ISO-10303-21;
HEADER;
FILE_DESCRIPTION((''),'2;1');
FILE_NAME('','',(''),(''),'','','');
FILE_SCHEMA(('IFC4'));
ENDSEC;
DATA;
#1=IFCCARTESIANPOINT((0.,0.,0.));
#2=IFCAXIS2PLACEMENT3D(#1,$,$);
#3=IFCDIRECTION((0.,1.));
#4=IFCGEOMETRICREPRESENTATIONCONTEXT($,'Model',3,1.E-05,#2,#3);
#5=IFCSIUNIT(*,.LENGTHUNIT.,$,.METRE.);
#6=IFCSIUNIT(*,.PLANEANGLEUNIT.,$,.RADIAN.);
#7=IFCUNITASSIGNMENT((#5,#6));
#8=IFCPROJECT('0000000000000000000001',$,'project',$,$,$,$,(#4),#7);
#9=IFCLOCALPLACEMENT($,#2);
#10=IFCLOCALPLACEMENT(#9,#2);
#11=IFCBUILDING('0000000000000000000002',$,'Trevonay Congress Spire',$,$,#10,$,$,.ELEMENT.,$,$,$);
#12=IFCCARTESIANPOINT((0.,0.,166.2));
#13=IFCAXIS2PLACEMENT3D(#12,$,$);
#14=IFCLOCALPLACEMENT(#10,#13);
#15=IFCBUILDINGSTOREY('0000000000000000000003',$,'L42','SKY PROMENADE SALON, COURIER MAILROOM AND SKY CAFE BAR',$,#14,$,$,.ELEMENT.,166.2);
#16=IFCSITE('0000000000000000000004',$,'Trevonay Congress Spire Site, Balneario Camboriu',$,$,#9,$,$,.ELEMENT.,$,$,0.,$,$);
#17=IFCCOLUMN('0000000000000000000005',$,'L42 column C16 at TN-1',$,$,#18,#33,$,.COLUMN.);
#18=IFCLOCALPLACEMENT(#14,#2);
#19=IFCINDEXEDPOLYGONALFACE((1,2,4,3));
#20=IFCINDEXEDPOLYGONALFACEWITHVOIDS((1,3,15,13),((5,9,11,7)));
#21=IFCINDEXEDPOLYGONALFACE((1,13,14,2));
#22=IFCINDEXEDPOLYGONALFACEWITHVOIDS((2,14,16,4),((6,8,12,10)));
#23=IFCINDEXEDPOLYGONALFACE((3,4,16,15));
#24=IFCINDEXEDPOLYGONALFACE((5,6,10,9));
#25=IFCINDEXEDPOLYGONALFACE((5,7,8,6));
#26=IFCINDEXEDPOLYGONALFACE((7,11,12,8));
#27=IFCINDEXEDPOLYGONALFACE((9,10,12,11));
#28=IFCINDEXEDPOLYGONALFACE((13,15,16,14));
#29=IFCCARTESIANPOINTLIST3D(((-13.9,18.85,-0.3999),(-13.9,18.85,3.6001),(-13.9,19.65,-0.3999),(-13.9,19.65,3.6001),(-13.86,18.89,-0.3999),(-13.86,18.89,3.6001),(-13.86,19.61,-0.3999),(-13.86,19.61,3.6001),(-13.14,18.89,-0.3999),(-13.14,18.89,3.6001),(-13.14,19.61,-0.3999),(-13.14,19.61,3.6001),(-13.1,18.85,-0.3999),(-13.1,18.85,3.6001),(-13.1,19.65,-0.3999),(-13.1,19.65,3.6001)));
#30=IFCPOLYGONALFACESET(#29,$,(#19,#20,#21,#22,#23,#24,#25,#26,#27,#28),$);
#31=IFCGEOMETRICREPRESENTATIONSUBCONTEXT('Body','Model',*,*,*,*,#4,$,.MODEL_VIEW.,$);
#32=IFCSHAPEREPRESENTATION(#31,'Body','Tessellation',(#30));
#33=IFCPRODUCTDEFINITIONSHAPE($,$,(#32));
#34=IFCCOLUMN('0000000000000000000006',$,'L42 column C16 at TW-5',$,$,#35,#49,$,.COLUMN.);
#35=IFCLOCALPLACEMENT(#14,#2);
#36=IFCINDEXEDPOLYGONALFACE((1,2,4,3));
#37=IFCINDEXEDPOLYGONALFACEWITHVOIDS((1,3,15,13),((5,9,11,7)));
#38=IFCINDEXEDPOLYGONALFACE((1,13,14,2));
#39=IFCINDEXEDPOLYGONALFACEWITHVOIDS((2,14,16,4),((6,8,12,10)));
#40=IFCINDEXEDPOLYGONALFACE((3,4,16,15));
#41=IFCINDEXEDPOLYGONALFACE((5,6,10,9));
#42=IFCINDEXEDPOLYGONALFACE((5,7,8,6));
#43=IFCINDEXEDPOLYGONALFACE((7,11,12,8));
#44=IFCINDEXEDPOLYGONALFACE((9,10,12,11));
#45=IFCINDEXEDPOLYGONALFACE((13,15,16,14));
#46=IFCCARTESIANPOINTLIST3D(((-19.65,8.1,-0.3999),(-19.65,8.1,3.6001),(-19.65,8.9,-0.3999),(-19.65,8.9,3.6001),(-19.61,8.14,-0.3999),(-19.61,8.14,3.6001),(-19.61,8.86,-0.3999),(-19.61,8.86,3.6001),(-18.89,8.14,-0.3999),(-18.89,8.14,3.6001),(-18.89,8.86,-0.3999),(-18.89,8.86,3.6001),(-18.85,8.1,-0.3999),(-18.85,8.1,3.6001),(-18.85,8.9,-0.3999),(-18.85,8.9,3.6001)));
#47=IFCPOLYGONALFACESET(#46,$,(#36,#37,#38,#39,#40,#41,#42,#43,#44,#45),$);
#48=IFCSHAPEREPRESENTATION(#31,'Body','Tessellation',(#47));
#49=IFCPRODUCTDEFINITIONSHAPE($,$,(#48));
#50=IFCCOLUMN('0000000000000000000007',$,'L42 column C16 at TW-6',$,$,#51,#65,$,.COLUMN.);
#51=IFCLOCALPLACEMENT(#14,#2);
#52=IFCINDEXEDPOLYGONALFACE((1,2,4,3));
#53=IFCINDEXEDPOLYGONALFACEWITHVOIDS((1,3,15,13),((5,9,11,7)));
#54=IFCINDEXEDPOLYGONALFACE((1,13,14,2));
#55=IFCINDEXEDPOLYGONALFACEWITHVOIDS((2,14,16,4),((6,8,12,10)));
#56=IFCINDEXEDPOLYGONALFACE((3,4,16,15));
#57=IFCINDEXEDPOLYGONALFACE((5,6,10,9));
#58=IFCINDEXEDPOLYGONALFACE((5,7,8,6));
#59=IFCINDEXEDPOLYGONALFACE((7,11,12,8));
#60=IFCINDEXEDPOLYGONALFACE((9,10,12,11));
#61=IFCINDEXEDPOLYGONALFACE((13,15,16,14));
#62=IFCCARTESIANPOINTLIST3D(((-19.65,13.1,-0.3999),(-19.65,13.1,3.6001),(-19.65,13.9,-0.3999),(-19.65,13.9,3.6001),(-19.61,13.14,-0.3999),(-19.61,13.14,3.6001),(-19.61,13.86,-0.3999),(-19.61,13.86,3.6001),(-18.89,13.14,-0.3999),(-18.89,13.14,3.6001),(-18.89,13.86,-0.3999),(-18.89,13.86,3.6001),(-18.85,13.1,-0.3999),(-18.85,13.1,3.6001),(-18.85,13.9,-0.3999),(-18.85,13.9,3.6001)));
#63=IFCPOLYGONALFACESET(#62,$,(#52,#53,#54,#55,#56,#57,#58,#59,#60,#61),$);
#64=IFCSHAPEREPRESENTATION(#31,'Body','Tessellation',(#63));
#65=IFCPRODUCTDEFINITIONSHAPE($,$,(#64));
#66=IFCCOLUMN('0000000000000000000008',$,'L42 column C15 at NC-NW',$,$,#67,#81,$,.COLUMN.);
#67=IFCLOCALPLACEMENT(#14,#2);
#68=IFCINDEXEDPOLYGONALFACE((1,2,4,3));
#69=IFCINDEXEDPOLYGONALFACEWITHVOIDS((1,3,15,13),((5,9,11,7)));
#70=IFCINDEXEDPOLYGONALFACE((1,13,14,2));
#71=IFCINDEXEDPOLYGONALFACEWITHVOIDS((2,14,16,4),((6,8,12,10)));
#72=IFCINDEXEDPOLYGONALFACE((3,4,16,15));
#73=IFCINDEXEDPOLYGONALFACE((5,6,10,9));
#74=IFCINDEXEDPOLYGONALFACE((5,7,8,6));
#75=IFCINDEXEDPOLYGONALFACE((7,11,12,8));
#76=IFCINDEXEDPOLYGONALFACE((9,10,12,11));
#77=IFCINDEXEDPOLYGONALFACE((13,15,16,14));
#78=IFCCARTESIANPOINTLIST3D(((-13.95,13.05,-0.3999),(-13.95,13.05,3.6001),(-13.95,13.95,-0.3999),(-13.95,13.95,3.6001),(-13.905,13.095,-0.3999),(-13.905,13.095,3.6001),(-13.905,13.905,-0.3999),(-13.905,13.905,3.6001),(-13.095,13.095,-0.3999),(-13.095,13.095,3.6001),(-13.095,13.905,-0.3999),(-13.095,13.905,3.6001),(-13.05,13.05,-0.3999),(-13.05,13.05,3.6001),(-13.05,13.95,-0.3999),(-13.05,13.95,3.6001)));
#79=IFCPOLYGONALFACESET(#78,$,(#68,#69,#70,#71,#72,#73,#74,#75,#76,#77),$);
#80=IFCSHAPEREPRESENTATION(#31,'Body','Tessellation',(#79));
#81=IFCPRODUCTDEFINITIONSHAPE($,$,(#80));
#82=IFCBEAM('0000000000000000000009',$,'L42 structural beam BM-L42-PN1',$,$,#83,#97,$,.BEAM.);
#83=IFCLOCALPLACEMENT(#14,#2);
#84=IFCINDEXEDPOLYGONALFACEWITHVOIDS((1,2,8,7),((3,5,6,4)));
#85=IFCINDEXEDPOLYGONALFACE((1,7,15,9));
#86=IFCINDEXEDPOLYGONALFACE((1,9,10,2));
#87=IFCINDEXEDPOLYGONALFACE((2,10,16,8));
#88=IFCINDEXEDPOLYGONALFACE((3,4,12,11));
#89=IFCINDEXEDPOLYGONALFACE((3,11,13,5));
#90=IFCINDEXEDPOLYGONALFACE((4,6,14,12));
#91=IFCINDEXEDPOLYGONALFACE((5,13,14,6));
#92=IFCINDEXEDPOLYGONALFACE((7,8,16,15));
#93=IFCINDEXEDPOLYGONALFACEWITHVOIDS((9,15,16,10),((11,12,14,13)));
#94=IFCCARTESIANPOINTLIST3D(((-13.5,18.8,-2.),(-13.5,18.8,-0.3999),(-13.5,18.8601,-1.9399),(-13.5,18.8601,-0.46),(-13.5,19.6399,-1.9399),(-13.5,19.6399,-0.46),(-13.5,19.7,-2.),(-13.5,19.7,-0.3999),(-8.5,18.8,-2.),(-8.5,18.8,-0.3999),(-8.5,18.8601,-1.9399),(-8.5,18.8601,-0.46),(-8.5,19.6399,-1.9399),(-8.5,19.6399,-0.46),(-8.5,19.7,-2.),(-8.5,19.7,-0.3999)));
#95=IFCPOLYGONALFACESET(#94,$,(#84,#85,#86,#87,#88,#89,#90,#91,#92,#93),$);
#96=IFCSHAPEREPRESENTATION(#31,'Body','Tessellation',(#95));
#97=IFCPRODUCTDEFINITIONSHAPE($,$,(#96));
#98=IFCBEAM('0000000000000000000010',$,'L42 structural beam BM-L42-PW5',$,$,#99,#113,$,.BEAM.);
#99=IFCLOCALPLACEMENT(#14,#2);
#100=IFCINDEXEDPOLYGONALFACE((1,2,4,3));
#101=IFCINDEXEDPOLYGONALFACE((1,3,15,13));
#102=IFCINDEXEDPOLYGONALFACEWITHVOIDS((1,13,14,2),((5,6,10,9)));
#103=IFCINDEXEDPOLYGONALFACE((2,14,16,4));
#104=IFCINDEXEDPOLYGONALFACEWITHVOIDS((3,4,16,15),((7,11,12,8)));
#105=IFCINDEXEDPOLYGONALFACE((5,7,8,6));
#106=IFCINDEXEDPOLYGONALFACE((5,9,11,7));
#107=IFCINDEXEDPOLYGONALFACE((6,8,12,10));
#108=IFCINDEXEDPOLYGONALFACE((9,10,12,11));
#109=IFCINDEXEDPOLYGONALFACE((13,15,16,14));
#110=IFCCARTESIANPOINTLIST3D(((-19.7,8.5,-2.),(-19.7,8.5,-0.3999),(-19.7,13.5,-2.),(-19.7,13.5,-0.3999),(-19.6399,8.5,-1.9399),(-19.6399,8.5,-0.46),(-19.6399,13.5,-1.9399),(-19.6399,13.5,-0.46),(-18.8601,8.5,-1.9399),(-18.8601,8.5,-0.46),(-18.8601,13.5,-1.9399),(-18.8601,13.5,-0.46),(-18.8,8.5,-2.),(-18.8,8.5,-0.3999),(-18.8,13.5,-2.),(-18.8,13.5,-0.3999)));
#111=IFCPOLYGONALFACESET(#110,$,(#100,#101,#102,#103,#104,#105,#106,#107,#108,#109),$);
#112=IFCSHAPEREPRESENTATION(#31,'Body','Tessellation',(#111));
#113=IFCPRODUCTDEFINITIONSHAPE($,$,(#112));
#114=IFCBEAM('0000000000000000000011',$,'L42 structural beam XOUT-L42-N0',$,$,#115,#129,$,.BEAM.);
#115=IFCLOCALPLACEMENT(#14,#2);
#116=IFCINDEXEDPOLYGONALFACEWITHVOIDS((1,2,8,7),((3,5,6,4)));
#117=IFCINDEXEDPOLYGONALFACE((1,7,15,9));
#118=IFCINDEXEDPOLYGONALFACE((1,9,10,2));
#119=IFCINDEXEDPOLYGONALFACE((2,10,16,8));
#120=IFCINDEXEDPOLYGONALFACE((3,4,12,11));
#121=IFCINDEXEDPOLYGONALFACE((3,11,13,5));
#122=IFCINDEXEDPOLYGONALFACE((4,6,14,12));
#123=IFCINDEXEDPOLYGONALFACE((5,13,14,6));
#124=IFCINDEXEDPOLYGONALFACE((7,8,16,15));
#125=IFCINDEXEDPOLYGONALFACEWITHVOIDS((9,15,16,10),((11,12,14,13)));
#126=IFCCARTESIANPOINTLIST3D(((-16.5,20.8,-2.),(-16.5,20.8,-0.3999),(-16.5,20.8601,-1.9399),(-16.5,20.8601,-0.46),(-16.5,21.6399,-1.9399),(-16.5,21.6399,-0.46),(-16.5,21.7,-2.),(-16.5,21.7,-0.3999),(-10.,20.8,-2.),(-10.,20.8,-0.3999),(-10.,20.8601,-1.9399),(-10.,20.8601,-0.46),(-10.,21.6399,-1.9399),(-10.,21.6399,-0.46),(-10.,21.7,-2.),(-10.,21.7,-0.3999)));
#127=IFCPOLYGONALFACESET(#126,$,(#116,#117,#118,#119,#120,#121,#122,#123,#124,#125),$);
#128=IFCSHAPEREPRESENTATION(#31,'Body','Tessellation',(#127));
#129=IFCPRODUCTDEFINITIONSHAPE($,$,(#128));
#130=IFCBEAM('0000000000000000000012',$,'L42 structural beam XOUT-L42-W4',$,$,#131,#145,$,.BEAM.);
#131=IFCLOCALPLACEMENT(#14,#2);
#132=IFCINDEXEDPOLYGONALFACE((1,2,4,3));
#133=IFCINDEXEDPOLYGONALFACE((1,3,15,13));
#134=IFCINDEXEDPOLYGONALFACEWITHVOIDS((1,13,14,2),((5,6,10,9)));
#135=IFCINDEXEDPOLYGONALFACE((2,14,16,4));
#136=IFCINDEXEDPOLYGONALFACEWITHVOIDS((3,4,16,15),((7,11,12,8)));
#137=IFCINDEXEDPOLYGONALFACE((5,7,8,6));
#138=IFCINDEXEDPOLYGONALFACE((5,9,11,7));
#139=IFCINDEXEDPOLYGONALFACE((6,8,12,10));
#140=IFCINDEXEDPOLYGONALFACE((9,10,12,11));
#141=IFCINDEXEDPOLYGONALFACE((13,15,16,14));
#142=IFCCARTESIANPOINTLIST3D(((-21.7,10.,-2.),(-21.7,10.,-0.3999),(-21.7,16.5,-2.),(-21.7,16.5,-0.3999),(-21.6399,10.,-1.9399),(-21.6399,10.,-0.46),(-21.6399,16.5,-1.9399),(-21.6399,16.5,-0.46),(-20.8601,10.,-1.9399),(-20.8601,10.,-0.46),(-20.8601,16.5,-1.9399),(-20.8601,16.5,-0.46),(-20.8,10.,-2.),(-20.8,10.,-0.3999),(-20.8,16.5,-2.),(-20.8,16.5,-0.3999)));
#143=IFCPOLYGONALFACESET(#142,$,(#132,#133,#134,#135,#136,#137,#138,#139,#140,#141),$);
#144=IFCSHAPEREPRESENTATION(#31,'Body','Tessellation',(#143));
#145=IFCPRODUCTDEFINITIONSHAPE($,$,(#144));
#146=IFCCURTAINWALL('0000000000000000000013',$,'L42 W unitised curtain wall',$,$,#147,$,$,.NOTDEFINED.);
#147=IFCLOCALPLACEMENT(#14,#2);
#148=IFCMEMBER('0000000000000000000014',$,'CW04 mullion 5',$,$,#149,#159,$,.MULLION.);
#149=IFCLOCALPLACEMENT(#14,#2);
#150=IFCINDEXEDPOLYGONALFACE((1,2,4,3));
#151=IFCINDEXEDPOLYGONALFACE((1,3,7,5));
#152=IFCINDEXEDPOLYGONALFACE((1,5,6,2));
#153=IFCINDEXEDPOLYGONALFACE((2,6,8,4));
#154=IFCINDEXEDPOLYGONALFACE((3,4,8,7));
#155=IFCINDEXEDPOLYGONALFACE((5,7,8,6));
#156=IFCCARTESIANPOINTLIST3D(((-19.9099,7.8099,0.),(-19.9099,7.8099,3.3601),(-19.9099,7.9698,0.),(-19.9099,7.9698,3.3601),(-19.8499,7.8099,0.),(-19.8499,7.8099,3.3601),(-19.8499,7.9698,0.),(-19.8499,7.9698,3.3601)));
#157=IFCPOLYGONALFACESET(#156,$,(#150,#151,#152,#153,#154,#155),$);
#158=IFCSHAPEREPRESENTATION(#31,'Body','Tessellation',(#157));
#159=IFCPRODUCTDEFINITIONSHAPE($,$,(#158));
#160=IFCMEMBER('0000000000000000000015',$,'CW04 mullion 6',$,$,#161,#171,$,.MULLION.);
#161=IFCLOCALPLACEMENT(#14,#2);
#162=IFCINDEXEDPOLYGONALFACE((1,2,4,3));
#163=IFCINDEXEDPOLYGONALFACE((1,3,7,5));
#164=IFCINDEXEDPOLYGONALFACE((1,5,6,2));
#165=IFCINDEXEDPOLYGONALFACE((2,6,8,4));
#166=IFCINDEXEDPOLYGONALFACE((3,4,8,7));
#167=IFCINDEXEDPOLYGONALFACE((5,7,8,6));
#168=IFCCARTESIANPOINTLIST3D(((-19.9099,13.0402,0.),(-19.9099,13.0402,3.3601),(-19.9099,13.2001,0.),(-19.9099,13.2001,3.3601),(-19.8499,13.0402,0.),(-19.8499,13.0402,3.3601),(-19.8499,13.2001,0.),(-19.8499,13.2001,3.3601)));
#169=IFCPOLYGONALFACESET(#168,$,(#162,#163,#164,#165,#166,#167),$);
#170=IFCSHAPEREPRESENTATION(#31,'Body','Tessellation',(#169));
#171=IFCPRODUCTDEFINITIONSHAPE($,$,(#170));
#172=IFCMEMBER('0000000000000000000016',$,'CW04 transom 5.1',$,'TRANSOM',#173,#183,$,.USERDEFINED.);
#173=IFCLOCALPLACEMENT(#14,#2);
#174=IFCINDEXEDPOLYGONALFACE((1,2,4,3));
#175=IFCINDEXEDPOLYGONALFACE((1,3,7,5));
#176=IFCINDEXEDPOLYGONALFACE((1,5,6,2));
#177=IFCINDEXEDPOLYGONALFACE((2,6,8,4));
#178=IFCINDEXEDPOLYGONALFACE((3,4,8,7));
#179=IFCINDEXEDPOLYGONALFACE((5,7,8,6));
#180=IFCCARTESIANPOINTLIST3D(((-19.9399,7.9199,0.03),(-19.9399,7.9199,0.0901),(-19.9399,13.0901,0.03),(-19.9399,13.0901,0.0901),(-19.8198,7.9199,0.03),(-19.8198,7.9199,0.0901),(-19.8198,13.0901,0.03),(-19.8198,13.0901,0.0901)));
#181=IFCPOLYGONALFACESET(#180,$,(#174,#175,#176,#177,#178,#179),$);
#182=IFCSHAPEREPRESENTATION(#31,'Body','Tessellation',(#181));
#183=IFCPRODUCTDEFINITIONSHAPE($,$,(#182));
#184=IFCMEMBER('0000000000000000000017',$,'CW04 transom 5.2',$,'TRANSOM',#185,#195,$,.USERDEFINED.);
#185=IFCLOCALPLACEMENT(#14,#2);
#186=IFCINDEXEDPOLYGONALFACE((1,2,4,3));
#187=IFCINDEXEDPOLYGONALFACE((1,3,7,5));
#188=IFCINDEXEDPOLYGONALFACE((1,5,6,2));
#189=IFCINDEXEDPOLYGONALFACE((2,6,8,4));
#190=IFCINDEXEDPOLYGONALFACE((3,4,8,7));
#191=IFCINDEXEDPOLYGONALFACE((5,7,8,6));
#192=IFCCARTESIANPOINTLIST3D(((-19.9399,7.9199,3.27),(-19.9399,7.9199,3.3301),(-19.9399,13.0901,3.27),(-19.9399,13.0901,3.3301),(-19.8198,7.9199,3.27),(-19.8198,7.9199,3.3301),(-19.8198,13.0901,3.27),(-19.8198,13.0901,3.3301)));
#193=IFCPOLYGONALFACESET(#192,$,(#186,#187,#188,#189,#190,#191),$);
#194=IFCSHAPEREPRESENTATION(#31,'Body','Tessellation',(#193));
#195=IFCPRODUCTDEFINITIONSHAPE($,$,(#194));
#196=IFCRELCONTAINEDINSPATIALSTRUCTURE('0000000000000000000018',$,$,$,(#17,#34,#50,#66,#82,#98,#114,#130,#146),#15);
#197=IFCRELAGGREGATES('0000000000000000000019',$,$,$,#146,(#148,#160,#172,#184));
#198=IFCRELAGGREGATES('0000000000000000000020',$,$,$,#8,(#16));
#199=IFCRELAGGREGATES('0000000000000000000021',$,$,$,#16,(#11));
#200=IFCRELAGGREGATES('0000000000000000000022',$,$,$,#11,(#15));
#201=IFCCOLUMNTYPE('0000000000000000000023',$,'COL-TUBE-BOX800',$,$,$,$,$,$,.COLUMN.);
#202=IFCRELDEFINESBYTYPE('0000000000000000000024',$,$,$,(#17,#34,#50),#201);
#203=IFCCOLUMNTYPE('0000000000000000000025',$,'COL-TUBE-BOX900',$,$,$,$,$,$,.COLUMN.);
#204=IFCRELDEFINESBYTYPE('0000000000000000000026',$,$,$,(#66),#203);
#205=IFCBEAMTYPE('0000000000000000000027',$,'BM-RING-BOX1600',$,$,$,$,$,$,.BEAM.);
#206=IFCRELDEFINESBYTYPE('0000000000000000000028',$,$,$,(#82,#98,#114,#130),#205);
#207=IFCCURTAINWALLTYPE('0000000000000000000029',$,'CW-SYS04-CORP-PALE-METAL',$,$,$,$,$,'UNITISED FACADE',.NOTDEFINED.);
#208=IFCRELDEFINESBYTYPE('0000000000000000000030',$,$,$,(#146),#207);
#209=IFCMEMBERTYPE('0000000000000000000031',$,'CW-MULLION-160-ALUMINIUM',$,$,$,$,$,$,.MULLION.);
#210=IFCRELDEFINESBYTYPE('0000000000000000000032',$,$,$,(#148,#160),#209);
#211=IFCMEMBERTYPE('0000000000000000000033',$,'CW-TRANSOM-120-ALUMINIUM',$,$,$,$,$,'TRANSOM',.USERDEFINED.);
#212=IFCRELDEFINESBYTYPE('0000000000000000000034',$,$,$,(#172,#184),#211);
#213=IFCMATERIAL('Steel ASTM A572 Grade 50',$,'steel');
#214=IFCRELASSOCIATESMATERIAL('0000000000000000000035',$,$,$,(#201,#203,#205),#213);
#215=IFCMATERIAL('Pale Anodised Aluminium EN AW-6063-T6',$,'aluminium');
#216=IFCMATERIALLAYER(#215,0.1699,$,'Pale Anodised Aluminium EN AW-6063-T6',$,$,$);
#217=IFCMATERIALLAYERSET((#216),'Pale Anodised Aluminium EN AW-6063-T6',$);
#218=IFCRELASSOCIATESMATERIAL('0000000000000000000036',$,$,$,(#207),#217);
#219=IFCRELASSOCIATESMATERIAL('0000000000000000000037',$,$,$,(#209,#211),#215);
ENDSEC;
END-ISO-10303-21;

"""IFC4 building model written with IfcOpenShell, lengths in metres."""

from ifc_helpers import new_model, si_unit, direction, frame, origin, origin_2d, place, context, subcontext, project, spatial, rectangle, hollow_rectangle, extrude, material, layer, layer_set, material_profile, profile_set, type_object, element, aggregate, save


model = new_model("IFC4")

# Units and contexts
model_context = context("Model", 3, precision=1e-05, world=origin(), true_north=direction((0.0, 1.0)))
body_context = subcontext(model_context, "Body", "Model", "MODEL_VIEW")
ifc_project = project(units=[si_unit("LENGTHUNIT", "METRE"), si_unit("PLANEANGLEUNIT", "RADIAN")], contexts=[model_context])

# Site, building, storey
site_placement = place(None, origin())
site = spatial("IfcSite", under=ifc_project, at=site_placement, Name="Trevonay Congress Spire Site, Balneario Camboriu", CompositionType="ELEMENT", RefElevation=0.0)
building_placement = place(site_placement, origin())
building = spatial("IfcBuilding", under=site, at=building_placement, Name="Trevonay Congress Spire", CompositionType="ELEMENT")
storey_placement = place(building_placement, frame((0.0, 0.0, 166.2)))
storey = spatial("IfcBuildingStorey", under=building, at=storey_placement, Name="L42", Description="SKY PROMENADE SALON, COURIER MAILROOM AND SKY CAFE BAR", CompositionType="ELEMENT", Elevation=166.2)

# Columns
ifc_material_1 = material(Name="Steel ASTM A572 Grade 50", Category="steel")
ifc_material_profile_1 = material_profile(ifc_material_1, hollow_rectangle(XDim=0.8, YDim=0.8, WallThickness=0.04, at=origin_2d()), Name="BOX 800x800x40")
ifc_profile_set_1 = profile_set([ifc_material_profile_1], Name="Steel ASTM A572 Grade 50")
column_type_1 = type_object("IfcColumnType", Name="COL-TUBE-BOX800", PredefinedType="COLUMN", material=ifc_profile_set_1)
for number, where, z_axis, x_axis, name in (
    (1, (-13.5, 19.25, -0.3999), (0.0, 0.0, 1.0), (1.0, 0.0, 0.0), "L42 column C16 at TN-1"),
    (2, (-19.25, 8.5, -0.3999), (0.0, 0.0, 1.0), (1.0, 0.0, 0.0), "L42 column C16 at TW-5"),
    (3, (-19.25, 13.5, -0.3999), (0.0, 0.0, 1.0), (1.0, 0.0, 0.0), "L42 column C16 at TW-6"),
):
    element("IfcColumn", number, at=place(storey_placement, frame(where, z_axis=z_axis, x_axis=x_axis)), inside=storey, type_object=column_type_1, Name=name, PredefinedType="COLUMN", context=body_context, shape_type="SweptSolid", body=[
        extrude(hollow_rectangle(XDim=0.8, YDim=0.8, WallThickness=0.04, at=origin_2d()), origin(), (0.0, 0.0, 1.0), 4.0),
    ])
ifc_material_profile_2 = material_profile(ifc_material_1, hollow_rectangle(XDim=0.8999, YDim=0.8999, WallThickness=0.0449, at=origin_2d()), Name="BOX 900x900x45")
ifc_profile_set_2 = profile_set([ifc_material_profile_2], Name="Steel ASTM A572 Grade 50")
column_type_2 = type_object("IfcColumnType", Name="COL-TUBE-BOX900", PredefinedType="COLUMN", material=ifc_profile_set_2)
column_placement = place(storey_placement, frame((-13.5, 13.5, -0.3999), z_axis=(0.0, 0.0, 1.0), x_axis=(1.0, 0.0, 0.0)))
element("IfcColumn", 4, at=column_placement, inside=storey, type_object=column_type_2, Name="L42 column C15 at NC-NW", PredefinedType="COLUMN", context=body_context, shape_type="SweptSolid", body=[
    extrude(hollow_rectangle(XDim=0.8999, YDim=0.8999, WallThickness=0.0449, at=origin_2d()), origin(), (0.0, 0.0, 1.0), 4.0),
])

# Beams
ifc_material_profile_3 = material_profile(ifc_material_1, hollow_rectangle(XDim=0.8999, YDim=1.6001, WallThickness=0.0601, at=origin_2d()), Name="BOX 1600x900x60")
ifc_profile_set_3 = profile_set([ifc_material_profile_3], Name="Steel ASTM A572 Grade 50")
beam_type = type_object("IfcBeamType", Name="BM-RING-BOX1600", PredefinedType="BEAM", material=ifc_profile_set_3)
for number, where, z_axis, x_axis, name in (
    (5, (-13.5, 19.25, -1.2), (1.0, 0.0, 0.0), (0.0, 1.0, 0.0), "L42 structural beam BM-L42-PN1"),
    (6, (-19.25, 8.5, -1.2), (0.0, 1.0, 0.0), (-1.0, 0.0, 0.0), "L42 structural beam BM-L42-PW5"),
):
    element("IfcBeam", number, at=place(storey_placement, frame(where, z_axis=z_axis, x_axis=x_axis)), inside=storey, type_object=beam_type, Name=name, PredefinedType="BEAM", context=body_context, shape_type="SweptSolid", body=[
        extrude(hollow_rectangle(XDim=0.8999, YDim=1.6001, WallThickness=0.0601, at=origin_2d()), origin(), (0.0, 0.0, 1.0), 5.0),
    ])
for number, where, z_axis, x_axis, name in (
    (7, (-16.5, 21.25, -1.2), (1.0, 0.0, 0.0), (0.0, 1.0, 0.0), "L42 structural beam XOUT-L42-N0"),
    (8, (-21.25, 10.0, -1.2), (0.0, 1.0, 0.0), (-1.0, 0.0, 0.0), "L42 structural beam XOUT-L42-W4"),
):
    element("IfcBeam", number, at=place(storey_placement, frame(where, z_axis=z_axis, x_axis=x_axis)), inside=storey, type_object=beam_type, Name=name, PredefinedType="BEAM", context=body_context, shape_type="SweptSolid", body=[
        extrude(hollow_rectangle(XDim=0.8999, YDim=1.6001, WallThickness=0.0601, at=origin_2d()), origin(), (0.0, 0.0, 1.0), 6.5),
    ])

# Curtain wall, members
ifc_material_2 = material(Name="Pale Anodised Aluminium EN AW-6063-T6", Category="aluminium")
ifc_layer_1 = layer(ifc_material_2, 0.1699, Name="Pale Anodised Aluminium EN AW-6063-T6")
ifc_layer_set_1 = layer_set([ifc_layer_1], Name="Pale Anodised Aluminium EN AW-6063-T6")
curtain_wall_type = type_object("IfcCurtainWallType", Name="CW-SYS04-CORP-PALE-METAL", ElementType="UNITISED FACADE", PredefinedType="NOTDEFINED", material=ifc_layer_set_1)
curtain_wall_placement = place(storey_placement, origin())
curtain_wall = element("IfcCurtainWall", 9, at=curtain_wall_placement, inside=storey, type_object=curtain_wall_type, Name="L42 W unitised curtain wall", PredefinedType="NOTDEFINED")
ifc_material_profile_4 = material_profile(ifc_material_2, rectangle(XDim=0.0601, YDim=0.1599, at=origin_2d()), Name="CW-MULLION-160-ALUMINIUM")
ifc_profile_set_4 = profile_set([ifc_material_profile_4], Name="Pale Anodised Aluminium EN AW-6063-T6")
member_type_1 = type_object("IfcMemberType", Name="CW-MULLION-160-ALUMINIUM", PredefinedType="MULLION", material=ifc_profile_set_4)
member_1_placement = place(storey_placement, frame((-19.8799, 7.8899, 0.0), z_axis=(0.0, 0.0, 1.0), x_axis=(-1.0, 0.0, 0.0)))
member_1 = element("IfcMember", 10, at=member_1_placement, type_object=member_type_1, Name="CW04 mullion 5", PredefinedType="MULLION", context=body_context, shape_type="SweptSolid", body=[
    extrude(rectangle(XDim=0.0601, YDim=0.1599, at=origin_2d()), origin(), (0.0, 0.0, 1.0), 3.3601),
])
member_2_placement = place(storey_placement, frame((-19.8799, 13.1201, 0.0), z_axis=(0.0, 0.0, 1.0), x_axis=(-1.0, 0.0, 0.0)))
member_2 = element("IfcMember", 11, at=member_2_placement, type_object=member_type_1, Name="CW04 mullion 6", PredefinedType="MULLION", context=body_context, shape_type="SweptSolid", body=[
    extrude(rectangle(XDim=0.0601, YDim=0.1599, at=origin_2d()), origin(), (0.0, 0.0, 1.0), 3.3601),
])
ifc_material_profile_5 = material_profile(ifc_material_2, rectangle(XDim=0.1201, YDim=0.0601, at=origin_2d()), Name="CW-TRANSOM-120-ALUMINIUM")
ifc_profile_set_5 = profile_set([ifc_material_profile_5], Name="Pale Anodised Aluminium EN AW-6063-T6")
member_type_2 = type_object("IfcMemberType", Name="CW-TRANSOM-120-ALUMINIUM", ElementType="TRANSOM", PredefinedType="USERDEFINED", material=ifc_profile_set_5)
member_3_placement = place(storey_placement, frame((-19.8799, 7.9199, 0.0601), z_axis=(0.0, 1.0, 0.0), x_axis=(-1.0, 0.0, 0.0)))
member_3 = element("IfcMember", 12, at=member_3_placement, type_object=member_type_2, Name="CW04 transom 5.1", ObjectType="TRANSOM", PredefinedType="USERDEFINED", context=body_context, shape_type="SweptSolid", body=[
    extrude(rectangle(XDim=0.1201, YDim=0.0601, at=origin_2d()), origin(), (0.0, 0.0, 1.0), 5.1702),
])
member_4_placement = place(storey_placement, frame((-19.8799, 7.9199, 3.3), z_axis=(0.0, 1.0, 0.0), x_axis=(-1.0, 0.0, 0.0)))
member_4 = element("IfcMember", 13, at=member_4_placement, type_object=member_type_2, Name="CW04 transom 5.2", ObjectType="TRANSOM", PredefinedType="USERDEFINED", context=body_context, shape_type="SweptSolid", body=[
    extrude(rectangle(XDim=0.1201, YDim=0.0601, at=origin_2d()), origin(), (0.0, 0.0, 1.0), 5.1702),
])
aggregate(curtain_wall, [member_1, member_2, member_3, member_4])

save(model, "model.ifc")
